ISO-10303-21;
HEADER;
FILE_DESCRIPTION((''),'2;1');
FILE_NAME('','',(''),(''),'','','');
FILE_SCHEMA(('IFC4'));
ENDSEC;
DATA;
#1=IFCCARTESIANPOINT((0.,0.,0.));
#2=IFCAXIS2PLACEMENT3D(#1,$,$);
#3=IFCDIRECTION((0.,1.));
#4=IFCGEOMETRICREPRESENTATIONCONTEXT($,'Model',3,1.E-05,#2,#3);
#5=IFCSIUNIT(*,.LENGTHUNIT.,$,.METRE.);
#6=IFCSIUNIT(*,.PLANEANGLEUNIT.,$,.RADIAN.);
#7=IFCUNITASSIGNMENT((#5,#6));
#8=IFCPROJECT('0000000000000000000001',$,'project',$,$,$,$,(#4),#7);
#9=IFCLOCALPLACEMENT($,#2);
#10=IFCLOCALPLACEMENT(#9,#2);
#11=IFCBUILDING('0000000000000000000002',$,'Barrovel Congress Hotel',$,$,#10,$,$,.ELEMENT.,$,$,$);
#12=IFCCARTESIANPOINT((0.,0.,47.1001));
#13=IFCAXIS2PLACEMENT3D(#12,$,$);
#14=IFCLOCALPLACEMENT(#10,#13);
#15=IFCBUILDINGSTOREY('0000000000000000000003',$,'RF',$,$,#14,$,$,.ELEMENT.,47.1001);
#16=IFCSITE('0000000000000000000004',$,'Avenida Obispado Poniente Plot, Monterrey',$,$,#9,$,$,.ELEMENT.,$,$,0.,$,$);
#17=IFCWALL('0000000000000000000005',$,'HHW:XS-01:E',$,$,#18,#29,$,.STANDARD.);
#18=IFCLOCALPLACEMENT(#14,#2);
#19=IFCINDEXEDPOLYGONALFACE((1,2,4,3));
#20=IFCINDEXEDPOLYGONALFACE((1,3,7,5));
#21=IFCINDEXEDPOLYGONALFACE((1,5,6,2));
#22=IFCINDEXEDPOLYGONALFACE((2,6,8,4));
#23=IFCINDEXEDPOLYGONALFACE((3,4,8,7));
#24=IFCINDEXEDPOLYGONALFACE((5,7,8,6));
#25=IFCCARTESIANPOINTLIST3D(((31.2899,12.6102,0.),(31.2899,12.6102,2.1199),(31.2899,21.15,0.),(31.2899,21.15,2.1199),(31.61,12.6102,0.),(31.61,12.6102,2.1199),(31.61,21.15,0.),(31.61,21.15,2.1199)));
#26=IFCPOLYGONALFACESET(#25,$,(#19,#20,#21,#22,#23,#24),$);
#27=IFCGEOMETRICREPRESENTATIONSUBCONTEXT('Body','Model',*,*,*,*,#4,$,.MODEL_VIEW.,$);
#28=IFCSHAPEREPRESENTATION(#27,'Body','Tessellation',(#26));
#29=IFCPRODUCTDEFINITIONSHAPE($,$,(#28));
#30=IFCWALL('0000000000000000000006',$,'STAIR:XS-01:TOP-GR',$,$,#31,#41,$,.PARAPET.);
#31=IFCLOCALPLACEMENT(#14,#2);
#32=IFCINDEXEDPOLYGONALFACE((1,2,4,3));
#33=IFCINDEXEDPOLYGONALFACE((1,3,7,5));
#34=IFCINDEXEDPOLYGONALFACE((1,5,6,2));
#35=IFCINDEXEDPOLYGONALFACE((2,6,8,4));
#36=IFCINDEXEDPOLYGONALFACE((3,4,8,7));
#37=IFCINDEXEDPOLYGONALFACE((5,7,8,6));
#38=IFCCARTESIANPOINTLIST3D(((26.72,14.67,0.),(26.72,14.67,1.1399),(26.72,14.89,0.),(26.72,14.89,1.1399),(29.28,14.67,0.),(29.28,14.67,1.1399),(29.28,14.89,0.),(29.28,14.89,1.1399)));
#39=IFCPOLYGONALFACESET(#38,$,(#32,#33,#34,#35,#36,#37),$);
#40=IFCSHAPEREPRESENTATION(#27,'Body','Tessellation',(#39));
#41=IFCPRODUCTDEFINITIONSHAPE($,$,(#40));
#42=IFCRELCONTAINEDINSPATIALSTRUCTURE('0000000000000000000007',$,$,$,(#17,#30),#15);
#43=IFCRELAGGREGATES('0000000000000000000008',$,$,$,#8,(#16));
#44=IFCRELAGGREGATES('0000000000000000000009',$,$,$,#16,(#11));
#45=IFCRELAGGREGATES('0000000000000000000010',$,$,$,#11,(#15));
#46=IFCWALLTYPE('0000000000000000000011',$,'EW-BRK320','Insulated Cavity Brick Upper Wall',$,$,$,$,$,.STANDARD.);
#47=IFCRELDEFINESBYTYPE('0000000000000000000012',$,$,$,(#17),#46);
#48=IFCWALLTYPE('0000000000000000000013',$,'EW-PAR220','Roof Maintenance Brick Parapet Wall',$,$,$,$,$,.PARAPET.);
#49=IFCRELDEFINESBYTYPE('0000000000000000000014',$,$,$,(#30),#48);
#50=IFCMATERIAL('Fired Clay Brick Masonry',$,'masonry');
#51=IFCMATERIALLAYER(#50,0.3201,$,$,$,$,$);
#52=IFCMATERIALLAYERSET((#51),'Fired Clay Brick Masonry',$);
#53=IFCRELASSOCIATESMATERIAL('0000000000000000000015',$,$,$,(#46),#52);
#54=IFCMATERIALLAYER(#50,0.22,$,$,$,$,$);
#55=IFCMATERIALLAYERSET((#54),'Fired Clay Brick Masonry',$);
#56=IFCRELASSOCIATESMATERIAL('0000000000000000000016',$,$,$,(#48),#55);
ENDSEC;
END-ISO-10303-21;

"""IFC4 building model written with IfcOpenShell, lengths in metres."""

from ifc_helpers import new_model, si_unit, direction, frame, frame_2d, origin, place, context, subcontext, project, spatial, rectangle, extrude, material, layer, layer_set, type_object, element, save


model = new_model("IFC4")

# Units and contexts
model_context = context("Model", 3, precision=1e-05, world=origin(), true_north=direction((0.0, 1.0)))
body_context = subcontext(model_context, "Body", "Model", "MODEL_VIEW")
ifc_project = project(units=[si_unit("LENGTHUNIT", "METRE"), si_unit("PLANEANGLEUNIT", "RADIAN")], contexts=[model_context])

# Site, building, storey
site_placement = place(None, origin())
site = spatial("IfcSite", under=ifc_project, at=site_placement, Name="Avenida Obispado Poniente Plot, Monterrey", CompositionType="ELEMENT", RefElevation=0.0)
building_placement = place(site_placement, origin())
building = spatial("IfcBuilding", under=site, at=building_placement, Name="Barrovel Congress Hotel", CompositionType="ELEMENT")
storey_placement = place(building_placement, frame((0.0, 0.0, 47.1001)))
storey = spatial("IfcBuildingStorey", under=building, at=storey_placement, Name="RF", CompositionType="ELEMENT", Elevation=47.1001)

# Shared definitions
ifc_material_1 = material(Name="Fired Clay Brick Masonry", Category="masonry")
ifc_layer_1 = layer(ifc_material_1, 0.3201)
ifc_layer_set_1 = layer_set([ifc_layer_1], Name="Fired Clay Brick Masonry")
wall_type_1 = type_object("IfcWallType", Name="EW-BRK320", Description="Insulated Cavity Brick Upper Wall", PredefinedType="STANDARD", material=ifc_layer_set_1)

# Walls
wall_1_placement = place(storey_placement, frame((31.45, 12.6101, 0.0), z_axis=(0.0, 0.0, 1.0), x_axis=(0.0, 1.0, 0.0)))
element("IfcWall", 1, at=wall_1_placement, inside=storey, type_object=wall_type_1, Name="HHW:XS-01:E", PredefinedType="STANDARD", context=body_context, shape_type="SweptSolid", body=[
    extrude(rectangle(XDim=8.5398, YDim=0.3201, at=frame_2d((4.27, 0.0))), origin(), (0.0, 0.0, 1.0), 2.1199),
])
ifc_layer_2 = layer(ifc_material_1, 0.22)
ifc_layer_set_2 = layer_set([ifc_layer_2], Name="Fired Clay Brick Masonry")
wall_type_2 = type_object("IfcWallType", Name="EW-PAR220", Description="Roof Maintenance Brick Parapet Wall", PredefinedType="PARAPET", material=ifc_layer_set_2)
wall_2_placement = place(storey_placement, frame((26.72, 14.78, 0.0), z_axis=(0.0, 0.0, 1.0), x_axis=(1.0, 0.0, 0.0)))
element("IfcWall", 2, at=wall_2_placement, inside=storey, type_object=wall_type_2, Name="STAIR:XS-01:TOP-GR", PredefinedType="PARAPET", context=body_context, shape_type="SweptSolid", body=[
    extrude(rectangle(XDim=2.5601, YDim=0.22, at=frame_2d((1.28, 0.0))), origin(), (0.0, 0.0, 1.0), 1.1399),
])

save(model, "model.ifc")
